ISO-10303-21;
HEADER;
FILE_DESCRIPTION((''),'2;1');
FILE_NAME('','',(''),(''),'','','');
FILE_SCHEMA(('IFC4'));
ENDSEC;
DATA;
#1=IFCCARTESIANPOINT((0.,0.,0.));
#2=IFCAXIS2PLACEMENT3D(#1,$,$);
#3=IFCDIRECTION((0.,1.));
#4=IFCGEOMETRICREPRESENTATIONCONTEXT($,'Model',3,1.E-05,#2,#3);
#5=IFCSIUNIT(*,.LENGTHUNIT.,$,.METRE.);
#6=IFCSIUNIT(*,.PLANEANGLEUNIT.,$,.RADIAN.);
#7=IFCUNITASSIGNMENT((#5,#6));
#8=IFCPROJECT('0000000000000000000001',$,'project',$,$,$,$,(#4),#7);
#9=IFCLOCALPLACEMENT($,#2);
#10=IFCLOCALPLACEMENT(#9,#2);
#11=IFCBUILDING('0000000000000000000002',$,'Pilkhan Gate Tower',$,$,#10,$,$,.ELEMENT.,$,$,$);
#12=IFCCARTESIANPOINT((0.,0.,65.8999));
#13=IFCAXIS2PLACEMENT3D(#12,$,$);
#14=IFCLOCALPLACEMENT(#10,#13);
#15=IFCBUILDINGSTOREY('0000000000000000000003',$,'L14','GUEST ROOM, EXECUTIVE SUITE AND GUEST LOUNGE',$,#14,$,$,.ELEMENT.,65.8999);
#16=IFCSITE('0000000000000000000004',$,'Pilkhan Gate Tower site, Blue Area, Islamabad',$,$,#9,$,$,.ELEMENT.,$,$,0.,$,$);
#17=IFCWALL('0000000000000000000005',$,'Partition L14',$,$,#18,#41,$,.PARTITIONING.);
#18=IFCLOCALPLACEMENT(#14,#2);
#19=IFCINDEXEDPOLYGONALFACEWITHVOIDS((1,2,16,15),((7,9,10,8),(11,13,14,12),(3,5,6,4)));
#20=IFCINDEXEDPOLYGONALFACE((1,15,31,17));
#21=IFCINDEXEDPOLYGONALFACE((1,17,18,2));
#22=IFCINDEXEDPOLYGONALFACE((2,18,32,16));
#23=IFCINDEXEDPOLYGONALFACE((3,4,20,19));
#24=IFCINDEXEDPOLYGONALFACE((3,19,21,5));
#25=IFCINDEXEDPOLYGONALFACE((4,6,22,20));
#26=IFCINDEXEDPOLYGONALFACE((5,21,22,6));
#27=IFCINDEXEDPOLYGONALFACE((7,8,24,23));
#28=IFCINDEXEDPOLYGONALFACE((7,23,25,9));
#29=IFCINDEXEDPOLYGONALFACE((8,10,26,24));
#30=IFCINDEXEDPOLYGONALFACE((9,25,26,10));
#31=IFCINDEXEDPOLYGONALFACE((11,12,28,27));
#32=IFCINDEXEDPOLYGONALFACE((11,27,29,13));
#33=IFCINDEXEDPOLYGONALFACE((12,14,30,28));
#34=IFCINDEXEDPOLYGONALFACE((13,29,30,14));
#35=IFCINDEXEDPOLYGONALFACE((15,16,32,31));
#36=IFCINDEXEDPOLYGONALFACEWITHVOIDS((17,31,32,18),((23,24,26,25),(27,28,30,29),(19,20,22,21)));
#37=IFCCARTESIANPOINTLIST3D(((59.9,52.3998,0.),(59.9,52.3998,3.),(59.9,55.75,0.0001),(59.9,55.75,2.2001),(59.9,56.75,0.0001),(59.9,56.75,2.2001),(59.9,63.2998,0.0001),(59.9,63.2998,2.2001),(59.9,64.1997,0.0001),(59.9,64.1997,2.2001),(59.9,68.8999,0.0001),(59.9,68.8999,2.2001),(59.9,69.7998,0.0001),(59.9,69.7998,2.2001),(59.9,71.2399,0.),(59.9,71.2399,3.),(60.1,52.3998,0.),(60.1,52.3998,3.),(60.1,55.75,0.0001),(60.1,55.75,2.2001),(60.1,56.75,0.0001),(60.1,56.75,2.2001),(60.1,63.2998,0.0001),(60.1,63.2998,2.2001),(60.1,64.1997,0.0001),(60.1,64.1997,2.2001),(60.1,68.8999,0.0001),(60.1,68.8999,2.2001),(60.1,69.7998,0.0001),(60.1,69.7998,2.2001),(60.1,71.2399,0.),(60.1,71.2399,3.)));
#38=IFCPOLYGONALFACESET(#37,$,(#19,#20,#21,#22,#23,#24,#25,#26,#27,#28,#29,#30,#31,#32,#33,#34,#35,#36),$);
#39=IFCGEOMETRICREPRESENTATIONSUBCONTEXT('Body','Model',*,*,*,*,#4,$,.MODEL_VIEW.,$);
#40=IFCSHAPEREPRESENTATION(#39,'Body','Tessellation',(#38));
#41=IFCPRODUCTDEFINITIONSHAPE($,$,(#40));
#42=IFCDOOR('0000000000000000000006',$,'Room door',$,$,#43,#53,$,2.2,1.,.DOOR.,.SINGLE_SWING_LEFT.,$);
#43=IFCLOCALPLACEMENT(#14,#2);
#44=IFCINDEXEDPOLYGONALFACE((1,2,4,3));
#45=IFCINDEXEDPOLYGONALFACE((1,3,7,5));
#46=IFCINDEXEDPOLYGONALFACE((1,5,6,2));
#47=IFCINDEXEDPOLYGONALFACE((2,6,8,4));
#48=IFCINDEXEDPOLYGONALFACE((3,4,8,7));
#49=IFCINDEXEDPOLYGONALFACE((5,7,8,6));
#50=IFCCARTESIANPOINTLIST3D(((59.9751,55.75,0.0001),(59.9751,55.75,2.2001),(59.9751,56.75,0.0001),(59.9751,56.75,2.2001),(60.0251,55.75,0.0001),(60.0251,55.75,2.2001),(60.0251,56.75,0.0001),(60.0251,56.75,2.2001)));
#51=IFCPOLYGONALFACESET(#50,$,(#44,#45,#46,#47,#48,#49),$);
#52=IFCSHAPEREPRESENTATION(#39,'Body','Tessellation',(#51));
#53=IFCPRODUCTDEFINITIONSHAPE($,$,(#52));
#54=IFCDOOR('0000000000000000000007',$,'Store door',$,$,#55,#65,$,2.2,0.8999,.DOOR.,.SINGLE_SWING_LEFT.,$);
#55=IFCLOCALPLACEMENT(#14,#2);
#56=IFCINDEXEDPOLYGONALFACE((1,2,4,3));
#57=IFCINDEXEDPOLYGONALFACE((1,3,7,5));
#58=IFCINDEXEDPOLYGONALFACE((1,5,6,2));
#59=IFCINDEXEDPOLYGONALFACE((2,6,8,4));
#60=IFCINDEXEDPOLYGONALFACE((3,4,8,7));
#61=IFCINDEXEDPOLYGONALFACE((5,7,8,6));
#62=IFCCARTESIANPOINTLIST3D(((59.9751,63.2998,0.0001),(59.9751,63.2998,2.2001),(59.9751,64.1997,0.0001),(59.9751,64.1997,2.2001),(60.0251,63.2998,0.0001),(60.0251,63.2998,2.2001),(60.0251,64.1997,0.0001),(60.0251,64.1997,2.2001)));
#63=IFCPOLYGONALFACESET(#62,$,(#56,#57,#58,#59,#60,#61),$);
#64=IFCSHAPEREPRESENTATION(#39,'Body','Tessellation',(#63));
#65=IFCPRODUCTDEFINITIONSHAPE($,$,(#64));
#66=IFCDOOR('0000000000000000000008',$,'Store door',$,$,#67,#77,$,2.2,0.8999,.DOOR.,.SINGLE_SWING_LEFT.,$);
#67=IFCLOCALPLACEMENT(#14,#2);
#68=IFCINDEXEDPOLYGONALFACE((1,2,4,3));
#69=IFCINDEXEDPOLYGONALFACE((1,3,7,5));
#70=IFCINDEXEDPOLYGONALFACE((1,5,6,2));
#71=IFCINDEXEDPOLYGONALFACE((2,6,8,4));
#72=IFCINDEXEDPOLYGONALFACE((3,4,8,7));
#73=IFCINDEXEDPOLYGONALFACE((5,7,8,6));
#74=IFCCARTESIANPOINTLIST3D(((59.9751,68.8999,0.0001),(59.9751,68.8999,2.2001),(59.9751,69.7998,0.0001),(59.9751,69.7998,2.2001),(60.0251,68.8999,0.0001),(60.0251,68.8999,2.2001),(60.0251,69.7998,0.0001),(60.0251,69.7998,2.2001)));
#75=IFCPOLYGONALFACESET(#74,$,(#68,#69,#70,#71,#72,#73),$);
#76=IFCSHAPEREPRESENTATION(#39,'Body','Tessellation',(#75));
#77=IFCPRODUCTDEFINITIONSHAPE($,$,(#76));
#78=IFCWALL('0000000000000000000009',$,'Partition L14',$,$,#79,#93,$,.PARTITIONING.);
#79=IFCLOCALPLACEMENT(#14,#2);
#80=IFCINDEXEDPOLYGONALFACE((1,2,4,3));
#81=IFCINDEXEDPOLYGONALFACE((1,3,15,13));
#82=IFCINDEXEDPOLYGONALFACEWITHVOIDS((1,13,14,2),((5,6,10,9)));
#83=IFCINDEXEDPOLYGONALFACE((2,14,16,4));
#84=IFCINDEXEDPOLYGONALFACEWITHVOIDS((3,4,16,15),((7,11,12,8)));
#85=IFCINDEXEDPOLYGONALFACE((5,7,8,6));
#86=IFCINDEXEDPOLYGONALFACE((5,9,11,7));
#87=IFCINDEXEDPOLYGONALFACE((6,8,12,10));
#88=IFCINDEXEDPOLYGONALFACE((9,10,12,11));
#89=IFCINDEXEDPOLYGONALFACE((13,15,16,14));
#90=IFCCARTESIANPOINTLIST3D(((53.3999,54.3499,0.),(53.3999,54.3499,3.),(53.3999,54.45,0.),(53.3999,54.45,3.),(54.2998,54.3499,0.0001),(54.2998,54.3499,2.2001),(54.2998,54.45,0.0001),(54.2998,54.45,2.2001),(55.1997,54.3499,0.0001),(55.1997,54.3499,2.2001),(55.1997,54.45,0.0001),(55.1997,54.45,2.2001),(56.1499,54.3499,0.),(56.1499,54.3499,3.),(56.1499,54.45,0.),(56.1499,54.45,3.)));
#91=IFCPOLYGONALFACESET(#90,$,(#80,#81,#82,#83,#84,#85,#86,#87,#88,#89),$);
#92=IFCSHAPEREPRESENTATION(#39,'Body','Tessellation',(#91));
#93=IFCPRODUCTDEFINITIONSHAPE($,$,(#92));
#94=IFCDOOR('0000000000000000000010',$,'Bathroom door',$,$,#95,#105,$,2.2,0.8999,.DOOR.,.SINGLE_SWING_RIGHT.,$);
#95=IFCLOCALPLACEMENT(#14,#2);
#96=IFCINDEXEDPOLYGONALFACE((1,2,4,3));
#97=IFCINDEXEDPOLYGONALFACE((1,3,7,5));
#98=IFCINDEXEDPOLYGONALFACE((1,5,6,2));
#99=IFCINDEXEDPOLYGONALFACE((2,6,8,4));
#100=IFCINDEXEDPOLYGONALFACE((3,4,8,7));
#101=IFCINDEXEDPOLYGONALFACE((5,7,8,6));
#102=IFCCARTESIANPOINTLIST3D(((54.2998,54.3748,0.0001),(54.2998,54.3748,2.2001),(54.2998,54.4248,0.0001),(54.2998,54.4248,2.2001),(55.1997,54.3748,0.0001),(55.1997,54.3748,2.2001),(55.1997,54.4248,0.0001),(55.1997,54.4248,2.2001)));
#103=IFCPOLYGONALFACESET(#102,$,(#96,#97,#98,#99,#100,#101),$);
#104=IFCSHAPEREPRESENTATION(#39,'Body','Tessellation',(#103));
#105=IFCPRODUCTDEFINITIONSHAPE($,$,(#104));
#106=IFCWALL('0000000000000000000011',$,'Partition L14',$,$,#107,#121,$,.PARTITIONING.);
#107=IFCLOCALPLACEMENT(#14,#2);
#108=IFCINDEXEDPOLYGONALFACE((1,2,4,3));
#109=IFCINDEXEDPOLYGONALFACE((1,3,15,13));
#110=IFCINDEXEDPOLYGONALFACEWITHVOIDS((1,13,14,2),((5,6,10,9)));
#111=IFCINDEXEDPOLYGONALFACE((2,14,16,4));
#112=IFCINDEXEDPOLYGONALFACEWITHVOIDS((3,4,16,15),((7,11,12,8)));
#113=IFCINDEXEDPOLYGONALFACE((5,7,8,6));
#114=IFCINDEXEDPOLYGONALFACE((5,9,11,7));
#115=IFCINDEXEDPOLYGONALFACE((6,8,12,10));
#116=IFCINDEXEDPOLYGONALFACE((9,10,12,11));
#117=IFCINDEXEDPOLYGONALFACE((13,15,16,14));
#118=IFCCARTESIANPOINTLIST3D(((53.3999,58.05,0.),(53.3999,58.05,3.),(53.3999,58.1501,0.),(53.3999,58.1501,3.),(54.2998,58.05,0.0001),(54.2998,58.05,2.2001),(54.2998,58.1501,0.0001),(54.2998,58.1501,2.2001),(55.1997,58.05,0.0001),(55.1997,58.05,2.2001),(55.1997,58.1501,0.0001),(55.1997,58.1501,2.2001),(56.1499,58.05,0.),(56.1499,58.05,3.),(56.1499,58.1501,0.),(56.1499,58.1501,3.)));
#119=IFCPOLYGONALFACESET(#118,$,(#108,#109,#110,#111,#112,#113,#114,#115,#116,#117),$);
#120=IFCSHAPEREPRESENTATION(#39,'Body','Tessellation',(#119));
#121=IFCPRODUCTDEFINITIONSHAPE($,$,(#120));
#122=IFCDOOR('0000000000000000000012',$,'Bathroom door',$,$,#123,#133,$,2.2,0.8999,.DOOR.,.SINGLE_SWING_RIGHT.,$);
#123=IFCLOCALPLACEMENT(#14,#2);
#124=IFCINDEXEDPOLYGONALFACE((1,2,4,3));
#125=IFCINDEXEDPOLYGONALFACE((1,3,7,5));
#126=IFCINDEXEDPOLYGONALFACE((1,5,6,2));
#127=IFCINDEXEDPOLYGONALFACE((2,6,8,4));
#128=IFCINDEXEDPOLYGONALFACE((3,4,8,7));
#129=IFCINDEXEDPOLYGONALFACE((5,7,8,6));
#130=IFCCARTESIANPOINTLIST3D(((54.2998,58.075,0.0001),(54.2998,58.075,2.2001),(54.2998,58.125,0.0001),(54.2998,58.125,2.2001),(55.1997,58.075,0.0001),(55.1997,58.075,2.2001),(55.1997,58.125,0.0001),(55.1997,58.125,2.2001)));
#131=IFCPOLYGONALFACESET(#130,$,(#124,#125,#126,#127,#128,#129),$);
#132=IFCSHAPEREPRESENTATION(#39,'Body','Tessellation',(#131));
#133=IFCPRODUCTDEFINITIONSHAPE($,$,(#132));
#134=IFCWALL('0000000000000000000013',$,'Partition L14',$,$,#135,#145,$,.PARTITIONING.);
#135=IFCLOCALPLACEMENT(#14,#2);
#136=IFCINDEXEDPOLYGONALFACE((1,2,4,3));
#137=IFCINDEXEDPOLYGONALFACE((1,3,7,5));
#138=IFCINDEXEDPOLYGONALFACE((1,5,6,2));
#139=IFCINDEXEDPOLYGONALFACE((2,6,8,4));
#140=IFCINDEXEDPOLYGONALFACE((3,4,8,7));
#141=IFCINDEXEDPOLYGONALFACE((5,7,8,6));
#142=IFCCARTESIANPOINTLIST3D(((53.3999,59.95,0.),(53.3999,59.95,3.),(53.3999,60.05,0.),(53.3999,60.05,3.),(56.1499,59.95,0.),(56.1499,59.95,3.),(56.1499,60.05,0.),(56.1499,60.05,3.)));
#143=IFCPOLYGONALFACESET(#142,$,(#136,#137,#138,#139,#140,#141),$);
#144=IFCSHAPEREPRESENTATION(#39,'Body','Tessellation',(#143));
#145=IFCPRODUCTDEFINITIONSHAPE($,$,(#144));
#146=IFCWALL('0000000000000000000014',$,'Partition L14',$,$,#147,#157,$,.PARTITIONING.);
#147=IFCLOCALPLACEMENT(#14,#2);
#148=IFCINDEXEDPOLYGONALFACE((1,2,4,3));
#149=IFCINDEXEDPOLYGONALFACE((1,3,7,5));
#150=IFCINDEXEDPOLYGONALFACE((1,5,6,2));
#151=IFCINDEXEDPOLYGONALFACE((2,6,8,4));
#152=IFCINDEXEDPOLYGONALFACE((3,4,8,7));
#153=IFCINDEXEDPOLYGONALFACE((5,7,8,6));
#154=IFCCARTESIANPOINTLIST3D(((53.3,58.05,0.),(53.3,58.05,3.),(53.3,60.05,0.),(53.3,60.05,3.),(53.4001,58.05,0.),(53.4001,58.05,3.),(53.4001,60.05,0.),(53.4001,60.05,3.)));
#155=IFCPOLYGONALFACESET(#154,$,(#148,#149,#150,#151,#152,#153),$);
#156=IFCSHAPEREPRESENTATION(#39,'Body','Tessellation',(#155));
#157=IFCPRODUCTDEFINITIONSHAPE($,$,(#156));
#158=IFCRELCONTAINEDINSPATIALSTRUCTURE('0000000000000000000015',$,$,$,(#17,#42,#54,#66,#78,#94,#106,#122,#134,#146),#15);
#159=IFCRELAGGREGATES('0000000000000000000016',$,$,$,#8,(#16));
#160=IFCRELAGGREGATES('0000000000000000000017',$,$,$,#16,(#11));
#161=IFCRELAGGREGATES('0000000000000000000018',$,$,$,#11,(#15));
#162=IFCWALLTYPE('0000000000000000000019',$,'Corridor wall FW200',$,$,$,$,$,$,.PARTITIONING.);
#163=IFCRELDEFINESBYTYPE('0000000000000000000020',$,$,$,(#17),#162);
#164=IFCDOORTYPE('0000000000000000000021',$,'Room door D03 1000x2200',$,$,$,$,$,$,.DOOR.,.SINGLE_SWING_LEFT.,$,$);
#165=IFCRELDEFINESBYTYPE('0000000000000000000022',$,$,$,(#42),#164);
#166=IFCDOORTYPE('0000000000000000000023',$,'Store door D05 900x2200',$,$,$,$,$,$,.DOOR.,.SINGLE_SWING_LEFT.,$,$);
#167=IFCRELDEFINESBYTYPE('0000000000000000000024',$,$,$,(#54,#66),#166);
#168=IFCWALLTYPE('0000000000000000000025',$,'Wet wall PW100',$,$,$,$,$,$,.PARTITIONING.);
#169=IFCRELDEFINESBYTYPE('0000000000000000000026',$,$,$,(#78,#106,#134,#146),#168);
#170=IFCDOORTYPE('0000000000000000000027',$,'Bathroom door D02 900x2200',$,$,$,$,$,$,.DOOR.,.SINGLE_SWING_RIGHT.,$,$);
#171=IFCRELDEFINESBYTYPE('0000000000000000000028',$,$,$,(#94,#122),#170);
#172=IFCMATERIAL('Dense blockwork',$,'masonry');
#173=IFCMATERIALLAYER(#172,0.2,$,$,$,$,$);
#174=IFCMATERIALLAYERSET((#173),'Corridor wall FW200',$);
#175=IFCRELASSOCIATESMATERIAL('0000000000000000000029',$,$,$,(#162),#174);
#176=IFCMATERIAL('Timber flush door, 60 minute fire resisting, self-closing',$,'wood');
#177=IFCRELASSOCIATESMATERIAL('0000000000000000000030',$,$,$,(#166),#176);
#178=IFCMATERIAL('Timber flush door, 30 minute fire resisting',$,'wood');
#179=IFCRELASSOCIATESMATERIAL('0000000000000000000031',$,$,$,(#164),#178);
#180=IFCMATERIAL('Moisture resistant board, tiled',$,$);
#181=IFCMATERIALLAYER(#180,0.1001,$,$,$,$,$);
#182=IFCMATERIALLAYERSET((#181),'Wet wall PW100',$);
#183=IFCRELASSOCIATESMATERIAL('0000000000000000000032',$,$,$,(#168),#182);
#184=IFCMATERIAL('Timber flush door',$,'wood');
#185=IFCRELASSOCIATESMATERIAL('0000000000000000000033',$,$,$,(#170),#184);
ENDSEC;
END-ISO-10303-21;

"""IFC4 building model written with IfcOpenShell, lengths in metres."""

from ifc_helpers import new_model, si_unit, direction, frame, frame_2d, origin, place, context, subcontext, project, spatial, rectangle, extrude, material, layer, layer_set, type_object, element, fill, save


model = new_model("IFC4")

# Units and contexts
model_context = context("Model", 3, precision=1e-05, world=origin(), true_north=direction((0.0, 1.0)))
body_context = subcontext(model_context, "Body", "Model", "MODEL_VIEW")
ifc_project = project(units=[si_unit("LENGTHUNIT", "METRE"), si_unit("PLANEANGLEUNIT", "RADIAN")], contexts=[model_context])

# Site, building, storey
site_placement = place(None, origin())
site = spatial("IfcSite", under=ifc_project, at=site_placement, Name="Pilkhan Gate Tower site, Blue Area, Islamabad", CompositionType="ELEMENT", RefElevation=0.0)
building_placement = place(site_placement, origin())
building = spatial("IfcBuilding", under=site, at=building_placement, Name="Pilkhan Gate Tower", CompositionType="ELEMENT")
storey_placement = place(building_placement, frame((0.0, 0.0, 65.8999)))
storey = spatial("IfcBuildingStorey", under=building, at=storey_placement, Name="L14", Description="GUEST ROOM, EXECUTIVE SUITE AND GUEST LOUNGE", CompositionType="ELEMENT", Elevation=65.8999)

# Wall, openings, doors
ifc_material_1 = material(Name="Dense blockwork", Category="masonry")
ifc_layer_1 = layer(ifc_material_1, 0.2)
ifc_layer_set_1 = layer_set([ifc_layer_1], Name="Corridor wall FW200")
wall_type_1 = type_object("IfcWallType", Name="Corridor wall FW200", PredefinedType="PARTITIONING", material=ifc_layer_set_1)
ifc_material_2 = material(Name="Timber flush door, 30 minute fire resisting", Category="wood")
ifc_material_3 = material(Name="Timber flush door, 60 minute fire resisting, self-closing", Category="wood")
door_type_1 = type_object("IfcDoorType", Name="Store door D05 900x2200", OperationType="SINGLE_SWING_LEFT", PredefinedType="DOOR", material=ifc_material_3)
wall_1_placement = place(storey_placement, frame((60.0, 52.3999, 0.0), z_axis=(0.0, 0.0, 1.0), x_axis=(0.0, 1.0, 0.0)))
wall_1 = element("IfcWall", 1, at=wall_1_placement, inside=storey, type_object=wall_type_1, Name="Partition L14", PredefinedType="PARTITIONING", context=body_context, shape_type="SweptSolid", body=[
    extrude(rectangle(XDim=18.8401, YDim=0.2, at=frame_2d((9.4199, 0.0))), origin(), (0.0, 0.0, 1.0), 3.0),
])
opening_1_placement = place(wall_1_placement, frame((3.3501, 0.0, 0.0)))
opening_1 = element("IfcOpeningElement", 2, at=opening_1_placement, cuts=wall_1, PredefinedType="OPENING", context=body_context, shape_type="SweptSolid", body=[
    extrude(rectangle(XDim=1.0, YDim=2.2, at=frame_2d((0.5, 1.1001))), frame((0.0, 0.1099, 0.0), z_axis=(0.0, -1.0, 0.0), x_axis=(1.0, 0.0, 0.0)), (0.0, 0.0, 1.0), 0.22),
])
opening_2_placement = place(wall_1_placement, frame((10.8999, 0.0, 0.0)))
opening_2 = element("IfcOpeningElement", 3, at=opening_2_placement, cuts=wall_1, PredefinedType="OPENING", context=body_context, shape_type="SweptSolid", body=[
    extrude(rectangle(XDim=0.8999, YDim=2.2, at=frame_2d((0.45, 1.1001))), frame((0.0, 0.1099, 0.0), z_axis=(0.0, -1.0, 0.0), x_axis=(1.0, 0.0, 0.0)), (0.0, 0.0, 1.0), 0.22),
])
opening_3_placement = place(wall_1_placement, frame((16.5, 0.0, 0.0)))
opening_3 = element("IfcOpeningElement", 4, at=opening_3_placement, cuts=wall_1, PredefinedType="OPENING", context=body_context, shape_type="SweptSolid", body=[
    extrude(rectangle(XDim=0.8999, YDim=2.2, at=frame_2d((0.45, 1.1001))), frame((0.0, 0.1099, 0.0), z_axis=(0.0, -1.0, 0.0), x_axis=(1.0, 0.0, 0.0)), (0.0, 0.0, 1.0), 0.22),
])
door_type_2 = type_object("IfcDoorType", Name="Room door D03 1000x2200", OperationType="SINGLE_SWING_LEFT", PredefinedType="DOOR", material=ifc_material_2)
door_1_placement = place(opening_1_placement, origin())
door_1 = element("IfcDoor", 5, at=door_1_placement, inside=storey, type_object=door_type_2, Name="Room door", OperationType="SINGLE_SWING_LEFT", OverallHeight=2.2, OverallWidth=1.0, PredefinedType="DOOR", context=body_context, shape_type="SweptSolid", body=[
    extrude(rectangle(XDim=1.0, YDim=2.2, at=frame_2d((0.5, 1.1001))), frame((0.0, 0.0249, 0.0), z_axis=(0.0, -1.0, 0.0), x_axis=(1.0, 0.0, 0.0)), (0.0, 0.0, 1.0), 0.05),
])
fill(opening_1, door_1)
door_2_placement = place(opening_2_placement, origin())
door_2 = element("IfcDoor", 6, at=door_2_placement, inside=storey, type_object=door_type_1, Name="Store door", OperationType="SINGLE_SWING_LEFT", OverallHeight=2.2, OverallWidth=0.8999, PredefinedType="DOOR", context=body_context, shape_type="SweptSolid", body=[
    extrude(rectangle(XDim=0.8999, YDim=2.2, at=frame_2d((0.45, 1.1001))), frame((0.0, 0.0249, 0.0), z_axis=(0.0, -1.0, 0.0), x_axis=(1.0, 0.0, 0.0)), (0.0, 0.0, 1.0), 0.05),
])
fill(opening_2, door_2)
door_3_placement = place(opening_3_placement, origin())
door_3 = element("IfcDoor", 7, at=door_3_placement, inside=storey, type_object=door_type_1, Name="Store door", OperationType="SINGLE_SWING_LEFT", OverallHeight=2.2, OverallWidth=0.8999, PredefinedType="DOOR", context=body_context, shape_type="SweptSolid", body=[
    extrude(rectangle(XDim=0.8999, YDim=2.2, at=frame_2d((0.45, 1.1001))), frame((0.0, 0.0249, 0.0), z_axis=(0.0, -1.0, 0.0), x_axis=(1.0, 0.0, 0.0)), (0.0, 0.0, 1.0), 0.05),
])
fill(opening_3, door_3)

# Walls, openings, doors
ifc_material_4 = material(Name="Moisture resistant board, tiled")
ifc_layer_2 = layer(ifc_material_4, 0.1001)
ifc_layer_set_2 = layer_set([ifc_layer_2], Name="Wet wall PW100")
wall_type_2 = type_object("IfcWallType", Name="Wet wall PW100", PredefinedType="PARTITIONING", material=ifc_layer_set_2)
wall_2_placement = place(storey_placement, frame((53.3999, 54.3999, 0.0), z_axis=(0.0, 0.0, 1.0), x_axis=(1.0, 0.0, 0.0)))
wall_2 = element("IfcWall", 8, at=wall_2_placement, inside=storey, type_object=wall_type_2, Name="Partition L14", PredefinedType="PARTITIONING", context=body_context, shape_type="SweptSolid", body=[
    extrude(rectangle(XDim=2.75, YDim=0.1001, at=frame_2d((1.375, 0.0))), origin(), (0.0, 0.0, 1.0), 3.0),
])
opening_4_placement = place(wall_2_placement, frame((0.8999, 0.0, 0.0)))
opening_4 = element("IfcOpeningElement", 9, at=opening_4_placement, cuts=wall_2, PredefinedType="OPENING", context=body_context, shape_type="SweptSolid", body=[
    extrude(rectangle(XDim=0.8999, YDim=2.2, at=frame_2d((0.45, 1.1001))), frame((0.0, 0.0601, 0.0), z_axis=(0.0, -1.0, 0.0), x_axis=(1.0, 0.0, 0.0)), (0.0, 0.0, 1.0), 0.1201),
])
ifc_material_5 = material(Name="Timber flush door", Category="wood")
door_type_3 = type_object("IfcDoorType", Name="Bathroom door D02 900x2200", OperationType="SINGLE_SWING_RIGHT", PredefinedType="DOOR", material=ifc_material_5)
door_4_placement = place(opening_4_placement, origin())
door_4 = element("IfcDoor", 10, at=door_4_placement, inside=storey, type_object=door_type_3, Name="Bathroom door", OperationType="SINGLE_SWING_RIGHT", OverallHeight=2.2, OverallWidth=0.8999, PredefinedType="DOOR", context=body_context, shape_type="SweptSolid", body=[
    extrude(rectangle(XDim=0.8999, YDim=2.2, at=frame_2d((0.45, 1.1001))), frame((0.0, 0.0249, 0.0), z_axis=(0.0, -1.0, 0.0), x_axis=(1.0, 0.0, 0.0)), (0.0, 0.0, 1.0), 0.05),
])
fill(opening_4, door_4)
wall_3_placement = place(storey_placement, frame((53.3999, 58.1001, 0.0), z_axis=(0.0, 0.0, 1.0), x_axis=(1.0, 0.0, 0.0)))
wall_3 = element("IfcWall", 11, at=wall_3_placement, inside=storey, type_object=wall_type_2, Name="Partition L14", PredefinedType="PARTITIONING", context=body_context, shape_type="SweptSolid", body=[
    extrude(rectangle(XDim=2.75, YDim=0.1001, at=frame_2d((1.375, 0.0))), origin(), (0.0, 0.0, 1.0), 3.0),
])
opening_5_placement = place(wall_3_placement, frame((0.8999, 0.0, 0.0)))
opening_5 = element("IfcOpeningElement", 12, at=opening_5_placement, cuts=wall_3, PredefinedType="OPENING", context=body_context, shape_type="SweptSolid", body=[
    extrude(rectangle(XDim=0.8999, YDim=2.2, at=frame_2d((0.45, 1.1001))), frame((0.0, 0.0601, 0.0), z_axis=(0.0, -1.0, 0.0), x_axis=(1.0, 0.0, 0.0)), (0.0, 0.0, 1.0), 0.1201),
])
door_5_placement = place(opening_5_placement, origin())
door_5 = element("IfcDoor", 13, at=door_5_placement, inside=storey, type_object=door_type_3, Name="Bathroom door", OperationType="SINGLE_SWING_RIGHT", OverallHeight=2.2, OverallWidth=0.8999, PredefinedType="DOOR", context=body_context, shape_type="SweptSolid", body=[
    extrude(rectangle(XDim=0.8999, YDim=2.2, at=frame_2d((0.45, 1.1001))), frame((0.0, 0.0249, 0.0), z_axis=(0.0, -1.0, 0.0), x_axis=(1.0, 0.0, 0.0)), (0.0, 0.0, 1.0), 0.05),
])
fill(opening_5, door_5)

# Walls
wall_4_placement = place(storey_placement, frame((53.3999, 60.0, 0.0), z_axis=(0.0, 0.0, 1.0), x_axis=(1.0, 0.0, 0.0)))
element("IfcWall", 14, at=wall_4_placement, inside=storey, type_object=wall_type_2, Name="Partition L14", PredefinedType="PARTITIONING", context=body_context, shape_type="SweptSolid", body=[
    extrude(rectangle(XDim=2.75, YDim=0.1001, at=frame_2d((1.375, 0.0))), origin(), (0.0, 0.0, 1.0), 3.0),
])
wall_5_placement = place(storey_placement, frame((53.3501, 58.05, 0.0), z_axis=(0.0, 0.0, 1.0), x_axis=(0.0, 1.0, 0.0)))
element("IfcWall", 15, at=wall_5_placement, inside=storey, type_object=wall_type_2, Name="Partition L14", PredefinedType="PARTITIONING", context=body_context, shape_type="SweptSolid", body=[
    extrude(rectangle(XDim=2.0, YDim=0.1001, at=frame_2d((1.0, 0.0))), origin(), (0.0, 0.0, 1.0), 3.0),
])

save(model, "model.ifc")
